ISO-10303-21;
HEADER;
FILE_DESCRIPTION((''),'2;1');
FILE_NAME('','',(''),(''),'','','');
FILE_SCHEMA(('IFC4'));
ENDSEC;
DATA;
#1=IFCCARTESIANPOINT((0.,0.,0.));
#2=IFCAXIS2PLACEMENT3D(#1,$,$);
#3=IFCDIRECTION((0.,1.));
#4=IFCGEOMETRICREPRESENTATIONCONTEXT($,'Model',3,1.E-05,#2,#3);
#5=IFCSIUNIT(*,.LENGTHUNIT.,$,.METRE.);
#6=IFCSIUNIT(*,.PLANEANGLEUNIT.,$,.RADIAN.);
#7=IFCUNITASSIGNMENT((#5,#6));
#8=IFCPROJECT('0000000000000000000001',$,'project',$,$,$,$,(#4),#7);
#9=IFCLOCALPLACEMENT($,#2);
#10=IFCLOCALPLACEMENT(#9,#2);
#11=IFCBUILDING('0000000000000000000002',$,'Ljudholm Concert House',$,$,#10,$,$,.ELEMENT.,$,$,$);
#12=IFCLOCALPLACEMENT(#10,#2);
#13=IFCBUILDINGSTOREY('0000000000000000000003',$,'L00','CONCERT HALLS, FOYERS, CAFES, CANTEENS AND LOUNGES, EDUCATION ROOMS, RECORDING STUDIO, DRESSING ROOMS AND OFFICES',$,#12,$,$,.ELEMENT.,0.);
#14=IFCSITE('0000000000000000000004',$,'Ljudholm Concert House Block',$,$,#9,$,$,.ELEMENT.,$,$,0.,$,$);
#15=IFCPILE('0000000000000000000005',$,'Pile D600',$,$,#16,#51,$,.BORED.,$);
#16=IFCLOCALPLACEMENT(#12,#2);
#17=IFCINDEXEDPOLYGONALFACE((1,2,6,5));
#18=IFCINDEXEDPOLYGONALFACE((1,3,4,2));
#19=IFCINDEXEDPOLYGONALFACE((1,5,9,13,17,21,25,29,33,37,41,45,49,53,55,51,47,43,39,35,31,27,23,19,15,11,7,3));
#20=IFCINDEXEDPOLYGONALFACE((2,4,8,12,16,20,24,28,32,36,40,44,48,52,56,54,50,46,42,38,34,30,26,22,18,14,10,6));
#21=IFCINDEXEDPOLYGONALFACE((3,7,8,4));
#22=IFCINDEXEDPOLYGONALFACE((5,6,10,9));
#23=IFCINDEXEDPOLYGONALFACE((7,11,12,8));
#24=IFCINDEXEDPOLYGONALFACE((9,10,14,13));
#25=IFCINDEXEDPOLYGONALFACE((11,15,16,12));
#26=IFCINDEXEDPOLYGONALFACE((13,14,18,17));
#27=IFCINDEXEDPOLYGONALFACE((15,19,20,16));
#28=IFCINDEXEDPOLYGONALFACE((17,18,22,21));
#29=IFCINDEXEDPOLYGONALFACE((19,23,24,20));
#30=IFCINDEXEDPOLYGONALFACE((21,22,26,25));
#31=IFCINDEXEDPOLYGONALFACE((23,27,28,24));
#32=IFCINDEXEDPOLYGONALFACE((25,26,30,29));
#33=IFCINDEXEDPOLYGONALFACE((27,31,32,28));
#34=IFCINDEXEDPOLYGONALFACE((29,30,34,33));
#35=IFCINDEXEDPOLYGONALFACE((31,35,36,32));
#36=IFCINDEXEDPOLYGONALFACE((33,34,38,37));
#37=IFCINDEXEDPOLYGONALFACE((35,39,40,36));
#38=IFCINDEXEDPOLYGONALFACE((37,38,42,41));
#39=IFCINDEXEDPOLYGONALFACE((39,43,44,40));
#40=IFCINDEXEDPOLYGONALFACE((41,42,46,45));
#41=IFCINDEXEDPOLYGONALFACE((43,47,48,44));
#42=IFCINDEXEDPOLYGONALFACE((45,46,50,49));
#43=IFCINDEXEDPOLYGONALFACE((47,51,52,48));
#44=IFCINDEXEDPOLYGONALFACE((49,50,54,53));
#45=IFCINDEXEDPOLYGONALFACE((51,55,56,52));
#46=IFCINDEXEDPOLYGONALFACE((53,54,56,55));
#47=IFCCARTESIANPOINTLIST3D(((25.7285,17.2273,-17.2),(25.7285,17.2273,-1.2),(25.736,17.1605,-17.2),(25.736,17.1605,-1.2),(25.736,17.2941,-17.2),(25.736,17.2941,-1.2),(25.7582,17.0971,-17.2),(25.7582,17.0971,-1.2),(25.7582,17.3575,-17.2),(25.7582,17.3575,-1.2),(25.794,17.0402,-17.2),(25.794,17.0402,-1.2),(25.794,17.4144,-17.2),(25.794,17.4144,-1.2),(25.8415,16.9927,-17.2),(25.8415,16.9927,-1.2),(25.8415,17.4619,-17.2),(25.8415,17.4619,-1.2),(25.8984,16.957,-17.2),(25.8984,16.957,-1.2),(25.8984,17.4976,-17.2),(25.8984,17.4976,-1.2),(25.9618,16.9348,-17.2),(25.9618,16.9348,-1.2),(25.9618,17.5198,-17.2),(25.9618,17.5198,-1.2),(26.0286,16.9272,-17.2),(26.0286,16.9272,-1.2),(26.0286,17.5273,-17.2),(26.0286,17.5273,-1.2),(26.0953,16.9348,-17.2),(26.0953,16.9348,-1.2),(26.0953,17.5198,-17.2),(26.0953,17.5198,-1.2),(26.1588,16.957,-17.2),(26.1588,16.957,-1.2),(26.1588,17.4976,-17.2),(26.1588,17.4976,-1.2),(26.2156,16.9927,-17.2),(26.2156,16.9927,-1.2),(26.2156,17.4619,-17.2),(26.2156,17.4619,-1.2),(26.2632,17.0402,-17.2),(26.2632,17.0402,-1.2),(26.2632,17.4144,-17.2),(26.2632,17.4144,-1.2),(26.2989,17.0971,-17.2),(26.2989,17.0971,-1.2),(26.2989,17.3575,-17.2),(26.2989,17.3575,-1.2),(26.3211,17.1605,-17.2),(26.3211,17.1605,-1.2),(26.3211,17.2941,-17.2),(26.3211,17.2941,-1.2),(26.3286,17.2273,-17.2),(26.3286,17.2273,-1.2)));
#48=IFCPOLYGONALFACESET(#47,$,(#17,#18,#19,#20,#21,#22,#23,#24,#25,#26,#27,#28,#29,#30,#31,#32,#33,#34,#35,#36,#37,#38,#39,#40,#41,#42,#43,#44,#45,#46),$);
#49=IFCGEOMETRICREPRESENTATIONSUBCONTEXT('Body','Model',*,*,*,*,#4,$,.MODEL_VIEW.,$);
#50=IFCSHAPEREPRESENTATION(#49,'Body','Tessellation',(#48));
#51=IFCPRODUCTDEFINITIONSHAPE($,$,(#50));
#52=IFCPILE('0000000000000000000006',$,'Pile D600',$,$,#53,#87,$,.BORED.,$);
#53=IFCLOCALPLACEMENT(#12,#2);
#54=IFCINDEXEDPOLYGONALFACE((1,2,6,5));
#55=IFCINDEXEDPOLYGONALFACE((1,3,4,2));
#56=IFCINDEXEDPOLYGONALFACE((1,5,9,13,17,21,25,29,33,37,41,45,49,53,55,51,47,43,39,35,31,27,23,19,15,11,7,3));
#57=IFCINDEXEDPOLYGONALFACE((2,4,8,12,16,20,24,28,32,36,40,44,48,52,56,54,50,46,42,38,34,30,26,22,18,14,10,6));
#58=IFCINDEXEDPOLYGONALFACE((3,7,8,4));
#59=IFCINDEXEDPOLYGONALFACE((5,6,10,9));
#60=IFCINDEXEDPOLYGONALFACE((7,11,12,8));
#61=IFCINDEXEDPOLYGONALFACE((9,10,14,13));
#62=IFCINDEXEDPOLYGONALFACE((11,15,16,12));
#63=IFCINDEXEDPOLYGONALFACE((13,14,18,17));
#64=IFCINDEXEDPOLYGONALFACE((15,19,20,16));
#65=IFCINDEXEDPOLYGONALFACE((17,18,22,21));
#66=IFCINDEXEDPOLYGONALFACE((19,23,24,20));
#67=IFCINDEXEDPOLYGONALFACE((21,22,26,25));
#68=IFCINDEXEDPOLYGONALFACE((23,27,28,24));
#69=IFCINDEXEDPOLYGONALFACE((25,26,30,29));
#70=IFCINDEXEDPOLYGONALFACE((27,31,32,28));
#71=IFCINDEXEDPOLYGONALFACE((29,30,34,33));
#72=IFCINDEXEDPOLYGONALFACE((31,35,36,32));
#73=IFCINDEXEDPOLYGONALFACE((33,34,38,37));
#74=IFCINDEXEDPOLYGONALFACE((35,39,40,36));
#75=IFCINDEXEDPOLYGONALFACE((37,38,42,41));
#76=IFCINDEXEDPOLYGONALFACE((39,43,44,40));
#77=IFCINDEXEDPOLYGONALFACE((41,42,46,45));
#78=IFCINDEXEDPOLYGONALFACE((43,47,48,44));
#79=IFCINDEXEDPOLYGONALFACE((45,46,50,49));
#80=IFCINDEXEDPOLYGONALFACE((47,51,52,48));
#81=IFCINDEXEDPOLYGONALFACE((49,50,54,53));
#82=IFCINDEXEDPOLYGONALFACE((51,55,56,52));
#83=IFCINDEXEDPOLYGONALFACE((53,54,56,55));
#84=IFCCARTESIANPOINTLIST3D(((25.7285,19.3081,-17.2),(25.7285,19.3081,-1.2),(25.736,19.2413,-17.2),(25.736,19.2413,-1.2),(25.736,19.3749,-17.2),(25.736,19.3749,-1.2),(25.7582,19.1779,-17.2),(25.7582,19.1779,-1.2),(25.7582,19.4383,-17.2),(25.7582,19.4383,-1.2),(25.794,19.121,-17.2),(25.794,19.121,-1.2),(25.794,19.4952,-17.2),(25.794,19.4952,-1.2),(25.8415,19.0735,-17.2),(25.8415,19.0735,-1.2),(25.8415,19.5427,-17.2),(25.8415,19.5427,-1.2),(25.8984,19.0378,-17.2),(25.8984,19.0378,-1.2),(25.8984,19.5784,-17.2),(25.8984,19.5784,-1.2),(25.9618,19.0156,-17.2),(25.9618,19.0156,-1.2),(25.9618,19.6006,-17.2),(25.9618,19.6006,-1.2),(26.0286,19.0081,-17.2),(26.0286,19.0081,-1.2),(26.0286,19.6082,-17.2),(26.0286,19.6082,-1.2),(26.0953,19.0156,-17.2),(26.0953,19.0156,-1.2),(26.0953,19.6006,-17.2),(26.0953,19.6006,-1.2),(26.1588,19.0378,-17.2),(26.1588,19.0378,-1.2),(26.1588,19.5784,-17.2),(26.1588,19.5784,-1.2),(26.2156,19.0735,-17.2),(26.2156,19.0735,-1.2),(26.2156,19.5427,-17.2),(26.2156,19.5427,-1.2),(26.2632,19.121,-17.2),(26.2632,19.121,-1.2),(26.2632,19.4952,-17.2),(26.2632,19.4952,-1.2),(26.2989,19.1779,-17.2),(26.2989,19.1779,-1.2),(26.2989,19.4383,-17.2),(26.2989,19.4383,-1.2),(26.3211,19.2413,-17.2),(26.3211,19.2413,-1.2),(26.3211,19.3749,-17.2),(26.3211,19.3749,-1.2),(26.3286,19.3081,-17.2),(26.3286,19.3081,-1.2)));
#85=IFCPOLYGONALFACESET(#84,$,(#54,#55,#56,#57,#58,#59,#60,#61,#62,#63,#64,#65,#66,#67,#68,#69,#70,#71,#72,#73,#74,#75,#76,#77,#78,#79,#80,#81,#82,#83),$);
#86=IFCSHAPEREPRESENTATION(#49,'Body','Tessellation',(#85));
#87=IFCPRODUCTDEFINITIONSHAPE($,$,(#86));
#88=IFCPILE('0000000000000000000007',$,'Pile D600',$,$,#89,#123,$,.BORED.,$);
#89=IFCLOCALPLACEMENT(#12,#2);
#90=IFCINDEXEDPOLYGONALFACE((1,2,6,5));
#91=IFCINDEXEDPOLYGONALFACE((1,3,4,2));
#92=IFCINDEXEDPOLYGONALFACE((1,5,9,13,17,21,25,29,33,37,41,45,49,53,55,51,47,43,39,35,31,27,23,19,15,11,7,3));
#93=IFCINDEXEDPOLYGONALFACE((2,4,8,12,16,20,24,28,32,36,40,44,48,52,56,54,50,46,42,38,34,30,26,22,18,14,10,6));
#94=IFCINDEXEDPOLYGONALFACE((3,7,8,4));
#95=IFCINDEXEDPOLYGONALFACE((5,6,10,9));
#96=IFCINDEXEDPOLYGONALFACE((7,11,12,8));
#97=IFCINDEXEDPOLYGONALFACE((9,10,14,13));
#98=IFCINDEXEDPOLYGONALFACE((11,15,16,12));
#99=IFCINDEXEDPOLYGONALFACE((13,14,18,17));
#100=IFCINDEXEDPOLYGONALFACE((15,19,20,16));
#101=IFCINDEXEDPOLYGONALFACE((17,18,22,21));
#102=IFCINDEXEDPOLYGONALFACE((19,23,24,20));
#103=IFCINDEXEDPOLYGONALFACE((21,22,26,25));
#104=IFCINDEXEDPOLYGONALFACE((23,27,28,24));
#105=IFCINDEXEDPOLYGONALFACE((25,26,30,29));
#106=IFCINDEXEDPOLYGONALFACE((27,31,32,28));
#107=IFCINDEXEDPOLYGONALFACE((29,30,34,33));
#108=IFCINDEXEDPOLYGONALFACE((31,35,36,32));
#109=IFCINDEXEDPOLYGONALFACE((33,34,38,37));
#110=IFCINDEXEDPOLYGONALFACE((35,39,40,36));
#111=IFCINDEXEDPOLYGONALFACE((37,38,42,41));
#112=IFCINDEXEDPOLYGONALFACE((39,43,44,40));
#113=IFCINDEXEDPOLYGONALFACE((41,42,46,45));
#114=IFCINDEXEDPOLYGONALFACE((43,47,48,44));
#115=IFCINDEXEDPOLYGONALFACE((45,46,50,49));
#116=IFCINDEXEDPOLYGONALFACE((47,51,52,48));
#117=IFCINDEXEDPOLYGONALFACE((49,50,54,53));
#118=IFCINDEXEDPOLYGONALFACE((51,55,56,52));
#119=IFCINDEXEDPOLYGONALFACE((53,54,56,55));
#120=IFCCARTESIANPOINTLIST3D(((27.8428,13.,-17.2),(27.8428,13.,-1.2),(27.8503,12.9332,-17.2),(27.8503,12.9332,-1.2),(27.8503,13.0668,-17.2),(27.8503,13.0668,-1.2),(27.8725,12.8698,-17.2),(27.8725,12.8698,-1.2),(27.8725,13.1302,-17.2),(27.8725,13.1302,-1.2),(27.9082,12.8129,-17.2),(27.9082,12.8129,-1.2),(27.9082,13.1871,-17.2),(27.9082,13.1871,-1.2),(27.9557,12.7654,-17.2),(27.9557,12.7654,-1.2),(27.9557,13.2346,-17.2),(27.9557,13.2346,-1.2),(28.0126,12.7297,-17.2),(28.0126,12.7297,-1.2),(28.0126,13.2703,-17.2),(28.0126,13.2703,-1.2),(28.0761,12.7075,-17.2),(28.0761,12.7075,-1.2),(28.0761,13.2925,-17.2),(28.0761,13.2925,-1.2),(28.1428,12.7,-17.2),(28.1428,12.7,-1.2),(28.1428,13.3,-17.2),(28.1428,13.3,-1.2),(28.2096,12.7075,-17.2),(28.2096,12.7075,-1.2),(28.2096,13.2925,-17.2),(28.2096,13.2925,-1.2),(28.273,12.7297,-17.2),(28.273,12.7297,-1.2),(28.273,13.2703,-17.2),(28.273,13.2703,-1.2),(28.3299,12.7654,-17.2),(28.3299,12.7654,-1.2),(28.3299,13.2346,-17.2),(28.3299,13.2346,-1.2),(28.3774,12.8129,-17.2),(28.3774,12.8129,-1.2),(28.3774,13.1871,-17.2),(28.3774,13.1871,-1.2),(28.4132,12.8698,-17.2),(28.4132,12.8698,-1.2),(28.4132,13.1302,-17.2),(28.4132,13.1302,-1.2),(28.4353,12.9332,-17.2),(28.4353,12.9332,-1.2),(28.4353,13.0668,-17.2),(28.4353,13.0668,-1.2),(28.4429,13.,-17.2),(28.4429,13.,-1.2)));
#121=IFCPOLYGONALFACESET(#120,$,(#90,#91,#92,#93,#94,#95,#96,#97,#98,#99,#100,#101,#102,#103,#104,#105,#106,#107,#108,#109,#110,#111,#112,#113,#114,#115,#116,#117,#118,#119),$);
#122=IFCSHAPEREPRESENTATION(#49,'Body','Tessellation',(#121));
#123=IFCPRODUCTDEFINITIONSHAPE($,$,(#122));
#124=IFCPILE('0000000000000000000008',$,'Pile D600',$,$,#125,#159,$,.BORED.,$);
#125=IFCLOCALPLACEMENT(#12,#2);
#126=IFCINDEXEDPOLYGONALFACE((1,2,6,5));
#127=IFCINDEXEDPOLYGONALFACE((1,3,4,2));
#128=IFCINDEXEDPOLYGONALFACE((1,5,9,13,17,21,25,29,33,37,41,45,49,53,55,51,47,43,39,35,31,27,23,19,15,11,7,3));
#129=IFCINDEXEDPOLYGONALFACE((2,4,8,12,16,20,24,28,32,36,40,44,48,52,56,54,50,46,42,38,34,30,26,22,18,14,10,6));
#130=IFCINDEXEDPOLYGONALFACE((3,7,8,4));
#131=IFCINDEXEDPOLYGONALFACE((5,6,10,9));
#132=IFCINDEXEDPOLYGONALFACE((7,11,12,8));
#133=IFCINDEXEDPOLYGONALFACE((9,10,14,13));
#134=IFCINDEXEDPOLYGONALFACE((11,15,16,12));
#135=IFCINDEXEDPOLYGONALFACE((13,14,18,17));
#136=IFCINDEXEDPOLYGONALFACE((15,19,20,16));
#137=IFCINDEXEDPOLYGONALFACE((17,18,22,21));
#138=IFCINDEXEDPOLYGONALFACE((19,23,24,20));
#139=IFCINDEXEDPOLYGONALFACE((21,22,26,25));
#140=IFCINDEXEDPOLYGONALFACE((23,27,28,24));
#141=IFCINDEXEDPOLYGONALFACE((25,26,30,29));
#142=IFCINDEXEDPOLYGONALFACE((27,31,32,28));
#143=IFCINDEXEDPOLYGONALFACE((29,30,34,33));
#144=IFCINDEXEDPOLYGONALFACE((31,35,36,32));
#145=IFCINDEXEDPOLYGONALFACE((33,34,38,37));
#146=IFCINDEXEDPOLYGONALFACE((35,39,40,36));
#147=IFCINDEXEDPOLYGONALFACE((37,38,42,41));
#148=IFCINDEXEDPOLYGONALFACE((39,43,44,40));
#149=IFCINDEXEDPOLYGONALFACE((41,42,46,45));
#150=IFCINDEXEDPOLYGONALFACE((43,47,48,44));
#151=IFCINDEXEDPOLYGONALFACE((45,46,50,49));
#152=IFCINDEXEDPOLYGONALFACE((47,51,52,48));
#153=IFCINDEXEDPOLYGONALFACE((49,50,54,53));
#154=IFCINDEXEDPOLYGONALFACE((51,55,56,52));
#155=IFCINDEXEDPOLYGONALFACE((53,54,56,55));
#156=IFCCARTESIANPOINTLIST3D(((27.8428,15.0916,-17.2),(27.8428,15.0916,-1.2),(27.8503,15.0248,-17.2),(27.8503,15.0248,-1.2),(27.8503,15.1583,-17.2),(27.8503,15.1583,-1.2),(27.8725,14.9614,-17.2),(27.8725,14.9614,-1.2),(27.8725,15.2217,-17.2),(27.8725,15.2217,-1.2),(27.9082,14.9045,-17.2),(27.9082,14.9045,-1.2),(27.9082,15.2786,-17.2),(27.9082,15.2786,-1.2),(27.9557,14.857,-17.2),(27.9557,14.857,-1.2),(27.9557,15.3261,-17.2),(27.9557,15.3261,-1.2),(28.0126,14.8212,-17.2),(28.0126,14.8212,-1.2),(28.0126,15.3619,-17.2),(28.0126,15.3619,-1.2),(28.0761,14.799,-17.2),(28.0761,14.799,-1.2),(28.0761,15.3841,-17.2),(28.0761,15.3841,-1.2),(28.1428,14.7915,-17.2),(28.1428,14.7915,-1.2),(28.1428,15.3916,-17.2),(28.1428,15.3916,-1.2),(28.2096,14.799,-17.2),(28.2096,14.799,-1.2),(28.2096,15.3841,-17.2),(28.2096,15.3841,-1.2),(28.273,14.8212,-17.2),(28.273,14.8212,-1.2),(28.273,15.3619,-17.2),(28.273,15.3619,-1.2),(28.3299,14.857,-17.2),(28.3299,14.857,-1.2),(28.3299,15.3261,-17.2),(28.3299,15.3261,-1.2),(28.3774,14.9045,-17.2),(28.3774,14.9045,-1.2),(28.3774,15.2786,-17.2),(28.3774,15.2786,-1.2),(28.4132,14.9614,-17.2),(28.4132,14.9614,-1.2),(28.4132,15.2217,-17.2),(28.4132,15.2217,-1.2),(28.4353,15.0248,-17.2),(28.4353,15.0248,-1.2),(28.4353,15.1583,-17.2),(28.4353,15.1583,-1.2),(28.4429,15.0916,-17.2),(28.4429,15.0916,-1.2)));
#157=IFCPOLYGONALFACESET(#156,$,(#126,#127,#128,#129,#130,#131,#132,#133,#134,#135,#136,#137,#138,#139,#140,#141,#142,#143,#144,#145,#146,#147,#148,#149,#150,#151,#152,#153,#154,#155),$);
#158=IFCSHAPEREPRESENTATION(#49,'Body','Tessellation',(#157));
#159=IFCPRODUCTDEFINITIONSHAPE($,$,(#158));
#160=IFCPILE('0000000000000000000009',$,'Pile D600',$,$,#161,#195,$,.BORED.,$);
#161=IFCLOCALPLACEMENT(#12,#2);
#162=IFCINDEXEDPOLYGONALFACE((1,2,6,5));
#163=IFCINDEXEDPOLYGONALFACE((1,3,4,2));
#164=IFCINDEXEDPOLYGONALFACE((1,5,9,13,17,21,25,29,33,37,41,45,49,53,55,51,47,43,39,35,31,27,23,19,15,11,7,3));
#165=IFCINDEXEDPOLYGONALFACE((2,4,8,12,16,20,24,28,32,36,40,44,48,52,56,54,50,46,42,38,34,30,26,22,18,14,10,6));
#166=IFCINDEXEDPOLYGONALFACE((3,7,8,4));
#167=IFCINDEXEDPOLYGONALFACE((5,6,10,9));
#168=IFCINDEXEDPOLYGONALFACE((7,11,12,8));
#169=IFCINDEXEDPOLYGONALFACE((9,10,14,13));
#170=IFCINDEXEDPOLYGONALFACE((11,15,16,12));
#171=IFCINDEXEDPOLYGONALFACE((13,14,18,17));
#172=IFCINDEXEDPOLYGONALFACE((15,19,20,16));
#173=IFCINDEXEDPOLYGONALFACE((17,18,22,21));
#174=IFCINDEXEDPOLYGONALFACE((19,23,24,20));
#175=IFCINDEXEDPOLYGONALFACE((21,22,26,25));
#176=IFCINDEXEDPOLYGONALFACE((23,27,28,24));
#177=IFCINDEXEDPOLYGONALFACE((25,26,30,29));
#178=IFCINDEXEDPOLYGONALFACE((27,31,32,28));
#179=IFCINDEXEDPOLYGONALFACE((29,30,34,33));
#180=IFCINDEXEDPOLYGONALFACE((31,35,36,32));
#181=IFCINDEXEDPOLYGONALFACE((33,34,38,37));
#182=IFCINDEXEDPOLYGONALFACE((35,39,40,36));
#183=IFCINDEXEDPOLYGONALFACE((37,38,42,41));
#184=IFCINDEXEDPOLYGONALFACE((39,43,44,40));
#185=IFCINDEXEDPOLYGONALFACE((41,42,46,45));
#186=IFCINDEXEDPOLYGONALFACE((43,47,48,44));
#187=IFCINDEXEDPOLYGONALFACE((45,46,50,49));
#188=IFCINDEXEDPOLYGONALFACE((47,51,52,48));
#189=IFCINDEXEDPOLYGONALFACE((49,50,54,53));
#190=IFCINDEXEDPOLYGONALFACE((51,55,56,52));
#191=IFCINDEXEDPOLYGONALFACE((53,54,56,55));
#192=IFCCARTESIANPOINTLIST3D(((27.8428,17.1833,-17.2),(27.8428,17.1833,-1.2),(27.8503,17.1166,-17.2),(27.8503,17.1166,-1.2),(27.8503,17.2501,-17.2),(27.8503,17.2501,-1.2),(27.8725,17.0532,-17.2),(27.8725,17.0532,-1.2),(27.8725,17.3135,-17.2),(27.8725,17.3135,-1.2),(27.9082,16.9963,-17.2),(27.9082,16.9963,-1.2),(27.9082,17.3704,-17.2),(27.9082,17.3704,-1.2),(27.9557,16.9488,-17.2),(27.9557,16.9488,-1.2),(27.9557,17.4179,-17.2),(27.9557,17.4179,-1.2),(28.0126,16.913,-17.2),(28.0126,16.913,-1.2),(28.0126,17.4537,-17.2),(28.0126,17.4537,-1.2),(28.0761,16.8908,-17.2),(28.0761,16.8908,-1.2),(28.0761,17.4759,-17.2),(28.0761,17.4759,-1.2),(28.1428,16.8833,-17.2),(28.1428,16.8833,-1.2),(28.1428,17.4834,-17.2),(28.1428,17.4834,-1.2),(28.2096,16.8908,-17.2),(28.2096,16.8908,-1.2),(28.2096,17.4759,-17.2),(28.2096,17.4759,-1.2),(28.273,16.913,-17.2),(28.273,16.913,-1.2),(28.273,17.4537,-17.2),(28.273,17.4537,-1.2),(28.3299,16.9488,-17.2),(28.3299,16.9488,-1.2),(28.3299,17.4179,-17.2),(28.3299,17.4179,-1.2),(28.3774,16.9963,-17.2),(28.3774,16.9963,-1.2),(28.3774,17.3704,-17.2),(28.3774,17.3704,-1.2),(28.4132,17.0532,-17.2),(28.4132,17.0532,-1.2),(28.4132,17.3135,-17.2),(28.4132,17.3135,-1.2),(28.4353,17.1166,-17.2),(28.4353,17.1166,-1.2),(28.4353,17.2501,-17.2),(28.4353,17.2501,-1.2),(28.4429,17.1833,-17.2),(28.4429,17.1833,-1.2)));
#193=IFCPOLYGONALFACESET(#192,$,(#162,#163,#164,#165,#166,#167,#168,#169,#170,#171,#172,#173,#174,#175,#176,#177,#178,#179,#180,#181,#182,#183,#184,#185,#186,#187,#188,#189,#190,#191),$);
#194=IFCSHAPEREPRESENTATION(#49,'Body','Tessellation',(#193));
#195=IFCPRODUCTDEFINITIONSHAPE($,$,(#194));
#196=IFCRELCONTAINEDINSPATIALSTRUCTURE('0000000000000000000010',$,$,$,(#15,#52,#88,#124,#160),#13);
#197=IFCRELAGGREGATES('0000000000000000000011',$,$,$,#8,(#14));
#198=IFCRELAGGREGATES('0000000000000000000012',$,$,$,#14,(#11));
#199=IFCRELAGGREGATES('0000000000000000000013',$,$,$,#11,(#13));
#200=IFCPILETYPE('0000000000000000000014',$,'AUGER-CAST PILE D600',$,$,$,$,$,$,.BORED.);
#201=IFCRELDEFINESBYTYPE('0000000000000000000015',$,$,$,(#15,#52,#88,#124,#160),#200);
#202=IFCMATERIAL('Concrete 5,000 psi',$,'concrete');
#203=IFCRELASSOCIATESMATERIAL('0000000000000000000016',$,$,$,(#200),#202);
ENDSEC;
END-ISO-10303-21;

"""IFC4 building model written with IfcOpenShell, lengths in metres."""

from ifc_helpers import new_model, si_unit, direction, frame, origin, origin_2d, place, context, subcontext, project, spatial, circle, extrude, material, material_profile, profile_set, type_object, element, save


model = new_model("IFC4")

# Units and contexts
model_context = context("Model", 3, precision=1e-05, world=origin(), true_north=direction((0.0, 1.0)))
body_context = subcontext(model_context, "Body", "Model", "MODEL_VIEW")
ifc_project = project(units=[si_unit("LENGTHUNIT", "METRE"), si_unit("PLANEANGLEUNIT", "RADIAN")], contexts=[model_context])

# Site, building, storey
site_placement = place(None, origin())
site = spatial("IfcSite", under=ifc_project, at=site_placement, Name="Ljudholm Concert House Block", CompositionType="ELEMENT", RefElevation=0.0)
building_placement = place(site_placement, origin())
building = spatial("IfcBuilding", under=site, at=building_placement, Name="Ljudholm Concert House", CompositionType="ELEMENT")
storey_placement = place(building_placement, origin())
storey = spatial("IfcBuildingStorey", under=building, at=storey_placement, Name="L00", Description="CONCERT HALLS, FOYERS, CAFES, CANTEENS AND LOUNGES, EDUCATION ROOMS, RECORDING STUDIO, DRESSING ROOMS AND OFFICES", CompositionType="ELEMENT", Elevation=0.0)

# Piles
ifc_material_1 = material(Name="Concrete 5,000 psi", Category="concrete")
ifc_material_profile = material_profile(ifc_material_1, circle(Radius=0.3, at=origin_2d()), Name="AUGER-CAST PILE D600")
ifc_profile_set = profile_set([ifc_material_profile], Name="Concrete 5,000 psi")
pile_type = type_object("IfcPileType", Name="AUGER-CAST PILE D600", PredefinedType="BORED", material=ifc_profile_set)
for number, where, z_axis, x_axis, name in (
    (1, (26.0286, 17.2273, -1.2), (0.0, 0.0, -1.0), (1.0, 0.0, 0.0), "Pile D600"),
    (2, (26.0286, 19.3081, -1.2), (0.0, 0.0, -1.0), (1.0, 0.0, 0.0), "Pile D600"),
    (3, (28.1428, 13.0, -1.2), (0.0, 0.0, -1.0), (1.0, 0.0, 0.0), "Pile D600"),
    (4, (28.1428, 15.0916, -1.2), (0.0, 0.0, -1.0), (1.0, 0.0, 0.0), "Pile D600"),
    (5, (28.1428, 17.1833, -1.2), (0.0, 0.0, -1.0), (1.0, 0.0, 0.0), "Pile D600"),
):
    element("IfcPile", number, at=place(storey_placement, frame(where, z_axis=z_axis, x_axis=x_axis)), inside=storey, type_object=pile_type, Name=name, PredefinedType="BORED", context=body_context, shape_type="SweptSolid", body=[
        extrude(circle(Radius=0.3, at=origin_2d()), origin(), (0.0, 0.0, 1.0), 16.0),
    ])

save(model, "model.ifc")
